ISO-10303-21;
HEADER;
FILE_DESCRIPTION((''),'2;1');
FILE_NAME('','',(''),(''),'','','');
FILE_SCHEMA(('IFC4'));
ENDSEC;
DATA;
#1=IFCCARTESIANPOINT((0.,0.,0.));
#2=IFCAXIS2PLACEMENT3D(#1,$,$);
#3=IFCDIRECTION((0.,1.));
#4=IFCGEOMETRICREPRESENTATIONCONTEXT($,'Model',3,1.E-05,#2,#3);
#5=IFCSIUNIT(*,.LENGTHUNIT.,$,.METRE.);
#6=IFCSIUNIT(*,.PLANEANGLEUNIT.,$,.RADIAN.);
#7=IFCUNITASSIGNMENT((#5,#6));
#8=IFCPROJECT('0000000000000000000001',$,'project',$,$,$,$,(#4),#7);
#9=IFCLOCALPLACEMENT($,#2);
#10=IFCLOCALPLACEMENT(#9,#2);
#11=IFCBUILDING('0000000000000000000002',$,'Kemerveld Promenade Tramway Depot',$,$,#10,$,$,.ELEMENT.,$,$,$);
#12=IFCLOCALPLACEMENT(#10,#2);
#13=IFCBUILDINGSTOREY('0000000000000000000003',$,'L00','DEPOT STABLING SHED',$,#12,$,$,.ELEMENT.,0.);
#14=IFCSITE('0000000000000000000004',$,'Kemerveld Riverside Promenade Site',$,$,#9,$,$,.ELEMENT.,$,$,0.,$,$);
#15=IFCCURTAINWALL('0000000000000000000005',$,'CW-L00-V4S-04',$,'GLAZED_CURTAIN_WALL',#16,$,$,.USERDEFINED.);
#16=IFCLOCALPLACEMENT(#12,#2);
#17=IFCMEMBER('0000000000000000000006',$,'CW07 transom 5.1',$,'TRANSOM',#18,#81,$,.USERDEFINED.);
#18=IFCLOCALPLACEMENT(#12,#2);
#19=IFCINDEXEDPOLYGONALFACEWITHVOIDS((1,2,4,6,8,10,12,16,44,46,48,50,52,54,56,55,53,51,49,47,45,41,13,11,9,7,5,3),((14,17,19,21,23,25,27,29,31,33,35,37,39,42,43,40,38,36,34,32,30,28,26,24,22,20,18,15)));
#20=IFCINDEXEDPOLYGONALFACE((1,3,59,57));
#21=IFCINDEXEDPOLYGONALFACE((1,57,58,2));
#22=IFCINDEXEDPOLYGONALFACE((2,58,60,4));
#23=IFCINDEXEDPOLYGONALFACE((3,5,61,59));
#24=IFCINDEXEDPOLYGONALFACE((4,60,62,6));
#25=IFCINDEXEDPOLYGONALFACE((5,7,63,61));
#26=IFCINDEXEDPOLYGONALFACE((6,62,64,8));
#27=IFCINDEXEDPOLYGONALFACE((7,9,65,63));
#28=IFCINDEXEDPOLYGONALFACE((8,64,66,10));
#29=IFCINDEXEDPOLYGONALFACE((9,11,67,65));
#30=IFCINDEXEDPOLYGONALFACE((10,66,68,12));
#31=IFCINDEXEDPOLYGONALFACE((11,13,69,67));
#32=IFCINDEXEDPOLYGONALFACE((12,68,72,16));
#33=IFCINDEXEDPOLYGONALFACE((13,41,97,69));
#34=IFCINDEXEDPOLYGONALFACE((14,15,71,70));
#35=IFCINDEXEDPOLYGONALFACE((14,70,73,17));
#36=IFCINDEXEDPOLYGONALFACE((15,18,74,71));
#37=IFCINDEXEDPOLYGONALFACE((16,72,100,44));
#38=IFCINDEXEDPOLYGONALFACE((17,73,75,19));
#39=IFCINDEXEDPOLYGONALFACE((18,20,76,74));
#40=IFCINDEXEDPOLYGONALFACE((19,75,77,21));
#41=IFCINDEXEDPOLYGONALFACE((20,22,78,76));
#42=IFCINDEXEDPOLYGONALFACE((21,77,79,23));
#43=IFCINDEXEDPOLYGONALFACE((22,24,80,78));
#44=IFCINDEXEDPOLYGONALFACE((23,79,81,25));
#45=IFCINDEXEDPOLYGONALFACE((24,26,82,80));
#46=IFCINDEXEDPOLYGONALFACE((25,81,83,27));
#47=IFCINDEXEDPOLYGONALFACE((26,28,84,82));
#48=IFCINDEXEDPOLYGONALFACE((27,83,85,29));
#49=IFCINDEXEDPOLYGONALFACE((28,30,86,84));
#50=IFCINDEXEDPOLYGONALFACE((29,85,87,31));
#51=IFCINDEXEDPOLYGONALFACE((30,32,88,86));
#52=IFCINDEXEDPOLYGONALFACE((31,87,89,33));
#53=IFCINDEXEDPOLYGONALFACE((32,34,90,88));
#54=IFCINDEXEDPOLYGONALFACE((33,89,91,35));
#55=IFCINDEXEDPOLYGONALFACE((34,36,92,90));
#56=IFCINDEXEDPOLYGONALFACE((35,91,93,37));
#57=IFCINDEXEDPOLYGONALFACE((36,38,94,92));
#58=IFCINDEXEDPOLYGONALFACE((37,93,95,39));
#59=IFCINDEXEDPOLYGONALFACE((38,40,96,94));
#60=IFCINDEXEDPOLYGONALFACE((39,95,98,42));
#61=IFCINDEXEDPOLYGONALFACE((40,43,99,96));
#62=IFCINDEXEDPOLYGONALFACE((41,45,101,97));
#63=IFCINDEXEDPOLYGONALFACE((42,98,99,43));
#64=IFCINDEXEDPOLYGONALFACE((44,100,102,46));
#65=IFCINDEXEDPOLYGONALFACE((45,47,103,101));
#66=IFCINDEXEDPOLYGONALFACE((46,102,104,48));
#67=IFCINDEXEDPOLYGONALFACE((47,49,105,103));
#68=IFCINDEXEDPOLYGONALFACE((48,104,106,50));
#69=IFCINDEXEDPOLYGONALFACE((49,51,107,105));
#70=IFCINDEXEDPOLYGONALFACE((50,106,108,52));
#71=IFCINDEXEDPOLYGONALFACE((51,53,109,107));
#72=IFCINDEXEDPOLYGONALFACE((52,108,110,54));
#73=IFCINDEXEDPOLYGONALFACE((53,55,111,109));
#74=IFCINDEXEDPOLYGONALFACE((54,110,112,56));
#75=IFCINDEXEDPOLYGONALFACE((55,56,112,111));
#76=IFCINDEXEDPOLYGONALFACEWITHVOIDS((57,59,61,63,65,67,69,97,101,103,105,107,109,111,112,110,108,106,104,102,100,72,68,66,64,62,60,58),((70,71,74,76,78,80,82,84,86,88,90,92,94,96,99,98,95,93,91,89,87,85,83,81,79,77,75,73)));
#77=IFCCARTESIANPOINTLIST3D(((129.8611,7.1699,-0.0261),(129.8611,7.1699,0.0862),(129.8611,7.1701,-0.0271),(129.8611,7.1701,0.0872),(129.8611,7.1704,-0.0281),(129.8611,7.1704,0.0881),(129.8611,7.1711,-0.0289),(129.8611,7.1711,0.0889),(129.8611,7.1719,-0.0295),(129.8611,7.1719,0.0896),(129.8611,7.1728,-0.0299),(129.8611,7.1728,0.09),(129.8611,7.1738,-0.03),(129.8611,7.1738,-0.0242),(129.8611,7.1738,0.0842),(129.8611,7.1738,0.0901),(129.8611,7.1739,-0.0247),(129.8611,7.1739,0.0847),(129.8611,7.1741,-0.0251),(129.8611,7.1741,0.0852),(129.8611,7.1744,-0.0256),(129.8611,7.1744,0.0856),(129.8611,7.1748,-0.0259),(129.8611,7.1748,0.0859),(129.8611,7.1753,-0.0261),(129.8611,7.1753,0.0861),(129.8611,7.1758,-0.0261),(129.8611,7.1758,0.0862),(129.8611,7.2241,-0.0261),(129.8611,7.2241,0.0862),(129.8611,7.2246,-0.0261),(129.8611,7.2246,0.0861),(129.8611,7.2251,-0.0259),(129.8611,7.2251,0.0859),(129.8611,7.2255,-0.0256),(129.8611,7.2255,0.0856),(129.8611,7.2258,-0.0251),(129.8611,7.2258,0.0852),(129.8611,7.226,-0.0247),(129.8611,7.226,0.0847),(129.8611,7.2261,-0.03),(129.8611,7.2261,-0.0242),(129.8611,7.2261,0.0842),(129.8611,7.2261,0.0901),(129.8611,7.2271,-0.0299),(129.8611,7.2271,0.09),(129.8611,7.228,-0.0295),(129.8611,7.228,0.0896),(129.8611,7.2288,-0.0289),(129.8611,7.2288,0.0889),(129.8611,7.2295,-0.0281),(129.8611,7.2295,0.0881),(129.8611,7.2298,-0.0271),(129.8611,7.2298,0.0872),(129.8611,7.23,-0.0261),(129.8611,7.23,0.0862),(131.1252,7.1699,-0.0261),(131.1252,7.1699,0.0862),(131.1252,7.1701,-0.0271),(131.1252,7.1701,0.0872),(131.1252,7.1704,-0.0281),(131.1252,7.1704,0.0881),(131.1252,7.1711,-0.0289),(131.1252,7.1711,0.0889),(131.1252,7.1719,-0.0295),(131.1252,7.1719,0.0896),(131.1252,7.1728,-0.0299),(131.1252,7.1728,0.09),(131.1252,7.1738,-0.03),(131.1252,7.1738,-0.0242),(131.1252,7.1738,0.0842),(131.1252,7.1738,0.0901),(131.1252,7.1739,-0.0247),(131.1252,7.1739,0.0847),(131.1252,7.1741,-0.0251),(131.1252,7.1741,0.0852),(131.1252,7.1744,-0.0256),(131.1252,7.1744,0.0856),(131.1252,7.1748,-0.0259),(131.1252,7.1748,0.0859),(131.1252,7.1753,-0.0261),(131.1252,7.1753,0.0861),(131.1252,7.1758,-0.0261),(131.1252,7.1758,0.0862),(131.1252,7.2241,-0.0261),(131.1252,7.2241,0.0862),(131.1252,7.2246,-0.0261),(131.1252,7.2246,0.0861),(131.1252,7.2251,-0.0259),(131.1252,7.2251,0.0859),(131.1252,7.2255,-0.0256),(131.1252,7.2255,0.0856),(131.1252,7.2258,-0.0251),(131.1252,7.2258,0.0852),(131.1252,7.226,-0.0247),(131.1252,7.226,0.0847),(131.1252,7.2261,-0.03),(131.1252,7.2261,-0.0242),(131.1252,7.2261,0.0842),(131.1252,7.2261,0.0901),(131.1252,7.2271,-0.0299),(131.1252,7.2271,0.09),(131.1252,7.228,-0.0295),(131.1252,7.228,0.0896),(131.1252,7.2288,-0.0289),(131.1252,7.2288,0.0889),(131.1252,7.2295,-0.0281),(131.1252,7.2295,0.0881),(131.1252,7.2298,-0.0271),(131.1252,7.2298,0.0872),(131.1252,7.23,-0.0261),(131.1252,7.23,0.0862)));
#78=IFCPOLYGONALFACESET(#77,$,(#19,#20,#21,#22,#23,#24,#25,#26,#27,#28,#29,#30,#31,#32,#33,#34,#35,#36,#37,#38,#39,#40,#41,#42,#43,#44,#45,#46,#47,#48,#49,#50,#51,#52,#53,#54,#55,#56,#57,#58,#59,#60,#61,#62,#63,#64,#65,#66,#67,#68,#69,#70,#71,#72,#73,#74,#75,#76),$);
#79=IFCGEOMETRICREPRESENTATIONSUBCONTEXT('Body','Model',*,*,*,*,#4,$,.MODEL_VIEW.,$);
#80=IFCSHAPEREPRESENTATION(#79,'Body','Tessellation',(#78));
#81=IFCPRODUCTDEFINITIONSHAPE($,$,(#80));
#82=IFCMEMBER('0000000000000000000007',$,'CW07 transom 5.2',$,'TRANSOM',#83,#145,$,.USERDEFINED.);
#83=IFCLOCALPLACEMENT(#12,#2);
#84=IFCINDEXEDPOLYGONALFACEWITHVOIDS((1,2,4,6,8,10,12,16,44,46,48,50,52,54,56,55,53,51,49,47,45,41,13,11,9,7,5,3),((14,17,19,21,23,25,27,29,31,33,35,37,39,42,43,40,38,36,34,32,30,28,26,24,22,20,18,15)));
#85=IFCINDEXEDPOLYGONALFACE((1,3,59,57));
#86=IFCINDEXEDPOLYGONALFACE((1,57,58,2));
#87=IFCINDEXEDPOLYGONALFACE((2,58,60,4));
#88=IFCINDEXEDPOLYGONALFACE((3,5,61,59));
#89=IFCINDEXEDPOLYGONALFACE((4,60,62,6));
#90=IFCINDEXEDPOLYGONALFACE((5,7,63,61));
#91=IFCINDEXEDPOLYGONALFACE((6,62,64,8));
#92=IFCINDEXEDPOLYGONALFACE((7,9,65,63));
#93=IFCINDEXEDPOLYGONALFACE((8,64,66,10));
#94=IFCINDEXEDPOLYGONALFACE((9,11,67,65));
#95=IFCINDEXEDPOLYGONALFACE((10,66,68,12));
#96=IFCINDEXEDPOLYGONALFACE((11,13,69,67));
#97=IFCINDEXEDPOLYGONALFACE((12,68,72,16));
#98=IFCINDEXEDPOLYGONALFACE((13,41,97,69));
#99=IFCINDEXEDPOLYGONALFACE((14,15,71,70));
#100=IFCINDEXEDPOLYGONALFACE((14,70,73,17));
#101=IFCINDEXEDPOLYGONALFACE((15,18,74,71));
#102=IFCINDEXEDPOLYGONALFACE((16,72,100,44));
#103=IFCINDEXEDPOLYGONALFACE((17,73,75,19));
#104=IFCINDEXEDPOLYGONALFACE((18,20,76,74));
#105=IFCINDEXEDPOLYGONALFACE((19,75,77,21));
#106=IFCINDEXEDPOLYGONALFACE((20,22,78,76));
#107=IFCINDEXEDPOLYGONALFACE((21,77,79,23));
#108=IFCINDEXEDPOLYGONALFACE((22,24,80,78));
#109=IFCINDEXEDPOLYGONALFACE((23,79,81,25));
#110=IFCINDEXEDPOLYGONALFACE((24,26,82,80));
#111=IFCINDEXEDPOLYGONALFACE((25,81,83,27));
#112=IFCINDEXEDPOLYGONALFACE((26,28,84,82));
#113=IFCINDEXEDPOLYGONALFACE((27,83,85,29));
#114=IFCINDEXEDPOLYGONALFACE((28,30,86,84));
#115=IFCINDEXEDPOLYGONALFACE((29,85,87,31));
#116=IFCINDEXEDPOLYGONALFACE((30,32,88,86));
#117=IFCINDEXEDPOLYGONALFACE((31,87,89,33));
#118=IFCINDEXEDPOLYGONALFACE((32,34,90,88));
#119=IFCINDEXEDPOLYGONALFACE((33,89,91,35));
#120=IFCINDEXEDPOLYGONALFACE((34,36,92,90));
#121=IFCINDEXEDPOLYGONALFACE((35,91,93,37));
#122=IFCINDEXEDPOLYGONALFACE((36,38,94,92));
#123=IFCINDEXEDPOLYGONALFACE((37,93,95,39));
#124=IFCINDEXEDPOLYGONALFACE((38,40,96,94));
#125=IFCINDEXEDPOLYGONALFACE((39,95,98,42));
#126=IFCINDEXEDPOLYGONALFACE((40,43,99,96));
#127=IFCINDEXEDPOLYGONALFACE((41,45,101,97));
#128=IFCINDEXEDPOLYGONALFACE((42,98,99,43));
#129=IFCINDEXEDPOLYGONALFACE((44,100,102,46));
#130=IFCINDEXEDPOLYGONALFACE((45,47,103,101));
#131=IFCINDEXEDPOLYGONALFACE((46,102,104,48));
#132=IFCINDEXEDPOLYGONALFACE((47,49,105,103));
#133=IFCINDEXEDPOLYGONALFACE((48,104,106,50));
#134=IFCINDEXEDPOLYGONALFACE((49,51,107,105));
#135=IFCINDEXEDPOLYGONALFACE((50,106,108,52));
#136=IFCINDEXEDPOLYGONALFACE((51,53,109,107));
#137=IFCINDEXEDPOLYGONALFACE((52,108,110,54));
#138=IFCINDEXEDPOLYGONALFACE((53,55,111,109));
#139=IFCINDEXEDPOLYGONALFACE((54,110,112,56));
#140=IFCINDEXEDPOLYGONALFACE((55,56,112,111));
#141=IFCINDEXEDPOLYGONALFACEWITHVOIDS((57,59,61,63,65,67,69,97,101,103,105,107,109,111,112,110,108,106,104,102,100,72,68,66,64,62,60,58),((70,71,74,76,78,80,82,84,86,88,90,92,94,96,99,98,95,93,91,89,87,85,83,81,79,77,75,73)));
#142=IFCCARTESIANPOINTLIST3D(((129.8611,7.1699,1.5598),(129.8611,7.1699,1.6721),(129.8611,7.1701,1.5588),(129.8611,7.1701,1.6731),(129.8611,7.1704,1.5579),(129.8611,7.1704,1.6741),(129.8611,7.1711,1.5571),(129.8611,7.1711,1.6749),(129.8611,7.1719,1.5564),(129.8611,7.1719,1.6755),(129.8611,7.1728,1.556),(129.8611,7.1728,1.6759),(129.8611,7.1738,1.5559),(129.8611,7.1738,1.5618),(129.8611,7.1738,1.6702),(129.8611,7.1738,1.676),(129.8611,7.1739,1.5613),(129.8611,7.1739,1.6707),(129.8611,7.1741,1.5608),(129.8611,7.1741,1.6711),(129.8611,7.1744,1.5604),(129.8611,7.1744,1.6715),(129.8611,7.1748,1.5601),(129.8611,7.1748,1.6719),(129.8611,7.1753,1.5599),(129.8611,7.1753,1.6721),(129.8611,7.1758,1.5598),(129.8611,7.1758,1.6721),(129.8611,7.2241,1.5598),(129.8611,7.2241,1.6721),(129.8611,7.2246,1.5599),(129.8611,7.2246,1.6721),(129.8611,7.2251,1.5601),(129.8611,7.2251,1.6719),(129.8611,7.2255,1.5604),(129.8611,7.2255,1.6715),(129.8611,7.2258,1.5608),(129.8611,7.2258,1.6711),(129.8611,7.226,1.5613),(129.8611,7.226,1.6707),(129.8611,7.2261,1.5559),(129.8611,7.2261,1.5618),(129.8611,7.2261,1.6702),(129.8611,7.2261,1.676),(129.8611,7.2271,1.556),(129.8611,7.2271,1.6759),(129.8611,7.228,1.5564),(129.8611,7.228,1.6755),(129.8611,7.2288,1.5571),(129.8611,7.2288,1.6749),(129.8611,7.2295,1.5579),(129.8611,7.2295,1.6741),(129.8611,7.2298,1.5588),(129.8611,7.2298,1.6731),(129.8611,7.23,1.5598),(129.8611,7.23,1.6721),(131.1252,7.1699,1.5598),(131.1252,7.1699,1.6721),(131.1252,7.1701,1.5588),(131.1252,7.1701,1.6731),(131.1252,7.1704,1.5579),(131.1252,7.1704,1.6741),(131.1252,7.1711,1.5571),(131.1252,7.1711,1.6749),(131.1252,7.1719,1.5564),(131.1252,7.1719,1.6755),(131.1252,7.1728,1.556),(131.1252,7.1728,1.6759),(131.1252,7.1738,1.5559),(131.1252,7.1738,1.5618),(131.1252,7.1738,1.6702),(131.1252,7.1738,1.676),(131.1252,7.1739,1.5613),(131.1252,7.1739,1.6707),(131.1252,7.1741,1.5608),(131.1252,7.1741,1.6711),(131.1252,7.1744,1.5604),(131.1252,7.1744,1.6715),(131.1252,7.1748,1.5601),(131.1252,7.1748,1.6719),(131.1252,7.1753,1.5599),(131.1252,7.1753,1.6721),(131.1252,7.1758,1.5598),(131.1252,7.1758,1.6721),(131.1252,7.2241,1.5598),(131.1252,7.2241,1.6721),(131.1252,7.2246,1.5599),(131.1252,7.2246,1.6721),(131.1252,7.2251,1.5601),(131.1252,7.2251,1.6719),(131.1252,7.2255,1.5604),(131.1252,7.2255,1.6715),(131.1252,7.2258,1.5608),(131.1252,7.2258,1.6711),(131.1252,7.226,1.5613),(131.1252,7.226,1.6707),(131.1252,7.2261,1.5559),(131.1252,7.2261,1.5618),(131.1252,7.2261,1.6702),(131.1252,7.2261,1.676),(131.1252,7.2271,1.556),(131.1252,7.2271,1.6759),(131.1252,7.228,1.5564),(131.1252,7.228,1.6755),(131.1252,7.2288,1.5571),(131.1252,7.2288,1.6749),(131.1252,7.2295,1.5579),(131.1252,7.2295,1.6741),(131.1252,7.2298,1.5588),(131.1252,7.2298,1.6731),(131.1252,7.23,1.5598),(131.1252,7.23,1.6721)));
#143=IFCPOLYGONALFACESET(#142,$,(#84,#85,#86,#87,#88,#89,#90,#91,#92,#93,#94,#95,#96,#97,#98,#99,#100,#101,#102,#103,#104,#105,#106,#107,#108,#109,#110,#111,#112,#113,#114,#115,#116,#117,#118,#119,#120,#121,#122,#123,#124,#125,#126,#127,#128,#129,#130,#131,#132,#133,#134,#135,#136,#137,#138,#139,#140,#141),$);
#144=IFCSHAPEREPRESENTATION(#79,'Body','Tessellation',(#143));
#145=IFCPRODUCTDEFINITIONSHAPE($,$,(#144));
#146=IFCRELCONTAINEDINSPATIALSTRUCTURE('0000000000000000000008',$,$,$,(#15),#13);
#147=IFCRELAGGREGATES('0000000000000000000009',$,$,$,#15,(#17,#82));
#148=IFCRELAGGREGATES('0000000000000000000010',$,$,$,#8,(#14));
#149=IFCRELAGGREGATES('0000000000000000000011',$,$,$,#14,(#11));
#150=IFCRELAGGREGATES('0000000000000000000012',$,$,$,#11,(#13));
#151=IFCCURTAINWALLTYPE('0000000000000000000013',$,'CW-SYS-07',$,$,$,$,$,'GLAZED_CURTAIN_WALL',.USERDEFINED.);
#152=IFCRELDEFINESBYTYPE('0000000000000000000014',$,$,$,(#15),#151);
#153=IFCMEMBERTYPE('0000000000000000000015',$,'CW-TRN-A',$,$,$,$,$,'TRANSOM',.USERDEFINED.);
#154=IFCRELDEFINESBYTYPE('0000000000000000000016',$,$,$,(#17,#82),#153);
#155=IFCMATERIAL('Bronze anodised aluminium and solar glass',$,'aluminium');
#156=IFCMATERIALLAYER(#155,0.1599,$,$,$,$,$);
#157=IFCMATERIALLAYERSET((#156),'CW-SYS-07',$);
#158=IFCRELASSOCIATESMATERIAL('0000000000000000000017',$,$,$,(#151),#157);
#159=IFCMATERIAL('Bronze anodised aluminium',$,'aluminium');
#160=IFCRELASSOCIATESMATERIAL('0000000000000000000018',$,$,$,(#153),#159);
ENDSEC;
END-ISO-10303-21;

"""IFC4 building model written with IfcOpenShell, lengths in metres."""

from ifc_helpers import new_model, si_unit, direction, frame, origin, origin_2d, place, context, subcontext, project, spatial, hollow_rectangle, extrude, material, layer, layer_set, material_profile, profile_set, type_object, element, aggregate, save


model = new_model("IFC4")

# Units and contexts
model_context = context("Model", 3, precision=1e-05, world=origin(), true_north=direction((0.0, 1.0)))
body_context = subcontext(model_context, "Body", "Model", "MODEL_VIEW")
ifc_project = project(units=[si_unit("LENGTHUNIT", "METRE"), si_unit("PLANEANGLEUNIT", "RADIAN")], contexts=[model_context])

# Site, building, storey
site_placement = place(None, origin())
site = spatial("IfcSite", under=ifc_project, at=site_placement, Name="Kemerveld Riverside Promenade Site", CompositionType="ELEMENT", RefElevation=0.0)
building_placement = place(site_placement, origin())
building = spatial("IfcBuilding", under=site, at=building_placement, Name="Kemerveld Promenade Tramway Depot", CompositionType="ELEMENT")
storey_placement = place(building_placement, origin())
storey = spatial("IfcBuildingStorey", under=building, at=storey_placement, Name="L00", Description="DEPOT STABLING SHED", CompositionType="ELEMENT", Elevation=0.0)

# Curtain wall, members
ifc_material_1 = material(Name="Bronze anodised aluminium and solar glass", Category="aluminium")
ifc_layer_1 = layer(ifc_material_1, 0.1599)
ifc_layer_set_1 = layer_set([ifc_layer_1], Name="CW-SYS-07")
curtain_wall_type = type_object("IfcCurtainWallType", Name="CW-SYS-07", ElementType="GLAZED_CURTAIN_WALL", PredefinedType="USERDEFINED", material=ifc_layer_set_1)
curtain_wall_placement = place(storey_placement, origin())
curtain_wall = element("IfcCurtainWall", 1, at=curtain_wall_placement, inside=storey, type_object=curtain_wall_type, Name="CW-L00-V4S-04", ObjectType="GLAZED_CURTAIN_WALL", PredefinedType="USERDEFINED")
ifc_material_2 = material(Name="Bronze anodised aluminium", Category="aluminium")
ifc_material_profile_1 = material_profile(ifc_material_2, hollow_rectangle(XDim=0.0601, YDim=0.1201, WallThickness=0.0039, InnerFilletRadius=0.002, OuterFilletRadius=0.0039, at=origin_2d()), Name="CW-TRN-120x60")
ifc_profile_set_1 = profile_set([ifc_material_profile_1], Name="Bronze anodised aluminium")
member_type_1 = type_object("IfcMemberType", Name="CW-TRN-A", ElementType="TRANSOM", PredefinedType="USERDEFINED", material=ifc_profile_set_1)
member_1_placement = place(storey_placement, frame((131.1252, 7.2, 0.03), z_axis=(-1.0, 0.0, 0.0), x_axis=(0.0, -1.0, 0.0)))
member_1 = element("IfcMember", 2, at=member_1_placement, type_object=member_type_1, Name="CW07 transom 5.1", ObjectType="TRANSOM", PredefinedType="USERDEFINED", context=body_context, shape_type="SweptSolid", body=[
    extrude(hollow_rectangle(XDim=0.0601, YDim=0.1201, WallThickness=0.0039, InnerFilletRadius=0.002, OuterFilletRadius=0.0039, at=origin_2d()), origin(), (0.0, 0.0, 1.0), 1.2642),
])
member_2_placement = place(storey_placement, frame((131.1252, 7.2, 1.616), z_axis=(-1.0, 0.0, 0.0), x_axis=(0.0, -1.0, 0.0)))
member_2 = element("IfcMember", 3, at=member_2_placement, type_object=member_type_1, Name="CW07 transom 5.2", ObjectType="TRANSOM", PredefinedType="USERDEFINED", context=body_context, shape_type="SweptSolid", body=[
    extrude(hollow_rectangle(XDim=0.0601, YDim=0.1201, WallThickness=0.0039, InnerFilletRadius=0.002, OuterFilletRadius=0.0039, at=origin_2d()), origin(), (0.0, 0.0, 1.0), 1.2642),
])
aggregate(curtain_wall, [member_1, member_2])

save(model, "model.ifc")
